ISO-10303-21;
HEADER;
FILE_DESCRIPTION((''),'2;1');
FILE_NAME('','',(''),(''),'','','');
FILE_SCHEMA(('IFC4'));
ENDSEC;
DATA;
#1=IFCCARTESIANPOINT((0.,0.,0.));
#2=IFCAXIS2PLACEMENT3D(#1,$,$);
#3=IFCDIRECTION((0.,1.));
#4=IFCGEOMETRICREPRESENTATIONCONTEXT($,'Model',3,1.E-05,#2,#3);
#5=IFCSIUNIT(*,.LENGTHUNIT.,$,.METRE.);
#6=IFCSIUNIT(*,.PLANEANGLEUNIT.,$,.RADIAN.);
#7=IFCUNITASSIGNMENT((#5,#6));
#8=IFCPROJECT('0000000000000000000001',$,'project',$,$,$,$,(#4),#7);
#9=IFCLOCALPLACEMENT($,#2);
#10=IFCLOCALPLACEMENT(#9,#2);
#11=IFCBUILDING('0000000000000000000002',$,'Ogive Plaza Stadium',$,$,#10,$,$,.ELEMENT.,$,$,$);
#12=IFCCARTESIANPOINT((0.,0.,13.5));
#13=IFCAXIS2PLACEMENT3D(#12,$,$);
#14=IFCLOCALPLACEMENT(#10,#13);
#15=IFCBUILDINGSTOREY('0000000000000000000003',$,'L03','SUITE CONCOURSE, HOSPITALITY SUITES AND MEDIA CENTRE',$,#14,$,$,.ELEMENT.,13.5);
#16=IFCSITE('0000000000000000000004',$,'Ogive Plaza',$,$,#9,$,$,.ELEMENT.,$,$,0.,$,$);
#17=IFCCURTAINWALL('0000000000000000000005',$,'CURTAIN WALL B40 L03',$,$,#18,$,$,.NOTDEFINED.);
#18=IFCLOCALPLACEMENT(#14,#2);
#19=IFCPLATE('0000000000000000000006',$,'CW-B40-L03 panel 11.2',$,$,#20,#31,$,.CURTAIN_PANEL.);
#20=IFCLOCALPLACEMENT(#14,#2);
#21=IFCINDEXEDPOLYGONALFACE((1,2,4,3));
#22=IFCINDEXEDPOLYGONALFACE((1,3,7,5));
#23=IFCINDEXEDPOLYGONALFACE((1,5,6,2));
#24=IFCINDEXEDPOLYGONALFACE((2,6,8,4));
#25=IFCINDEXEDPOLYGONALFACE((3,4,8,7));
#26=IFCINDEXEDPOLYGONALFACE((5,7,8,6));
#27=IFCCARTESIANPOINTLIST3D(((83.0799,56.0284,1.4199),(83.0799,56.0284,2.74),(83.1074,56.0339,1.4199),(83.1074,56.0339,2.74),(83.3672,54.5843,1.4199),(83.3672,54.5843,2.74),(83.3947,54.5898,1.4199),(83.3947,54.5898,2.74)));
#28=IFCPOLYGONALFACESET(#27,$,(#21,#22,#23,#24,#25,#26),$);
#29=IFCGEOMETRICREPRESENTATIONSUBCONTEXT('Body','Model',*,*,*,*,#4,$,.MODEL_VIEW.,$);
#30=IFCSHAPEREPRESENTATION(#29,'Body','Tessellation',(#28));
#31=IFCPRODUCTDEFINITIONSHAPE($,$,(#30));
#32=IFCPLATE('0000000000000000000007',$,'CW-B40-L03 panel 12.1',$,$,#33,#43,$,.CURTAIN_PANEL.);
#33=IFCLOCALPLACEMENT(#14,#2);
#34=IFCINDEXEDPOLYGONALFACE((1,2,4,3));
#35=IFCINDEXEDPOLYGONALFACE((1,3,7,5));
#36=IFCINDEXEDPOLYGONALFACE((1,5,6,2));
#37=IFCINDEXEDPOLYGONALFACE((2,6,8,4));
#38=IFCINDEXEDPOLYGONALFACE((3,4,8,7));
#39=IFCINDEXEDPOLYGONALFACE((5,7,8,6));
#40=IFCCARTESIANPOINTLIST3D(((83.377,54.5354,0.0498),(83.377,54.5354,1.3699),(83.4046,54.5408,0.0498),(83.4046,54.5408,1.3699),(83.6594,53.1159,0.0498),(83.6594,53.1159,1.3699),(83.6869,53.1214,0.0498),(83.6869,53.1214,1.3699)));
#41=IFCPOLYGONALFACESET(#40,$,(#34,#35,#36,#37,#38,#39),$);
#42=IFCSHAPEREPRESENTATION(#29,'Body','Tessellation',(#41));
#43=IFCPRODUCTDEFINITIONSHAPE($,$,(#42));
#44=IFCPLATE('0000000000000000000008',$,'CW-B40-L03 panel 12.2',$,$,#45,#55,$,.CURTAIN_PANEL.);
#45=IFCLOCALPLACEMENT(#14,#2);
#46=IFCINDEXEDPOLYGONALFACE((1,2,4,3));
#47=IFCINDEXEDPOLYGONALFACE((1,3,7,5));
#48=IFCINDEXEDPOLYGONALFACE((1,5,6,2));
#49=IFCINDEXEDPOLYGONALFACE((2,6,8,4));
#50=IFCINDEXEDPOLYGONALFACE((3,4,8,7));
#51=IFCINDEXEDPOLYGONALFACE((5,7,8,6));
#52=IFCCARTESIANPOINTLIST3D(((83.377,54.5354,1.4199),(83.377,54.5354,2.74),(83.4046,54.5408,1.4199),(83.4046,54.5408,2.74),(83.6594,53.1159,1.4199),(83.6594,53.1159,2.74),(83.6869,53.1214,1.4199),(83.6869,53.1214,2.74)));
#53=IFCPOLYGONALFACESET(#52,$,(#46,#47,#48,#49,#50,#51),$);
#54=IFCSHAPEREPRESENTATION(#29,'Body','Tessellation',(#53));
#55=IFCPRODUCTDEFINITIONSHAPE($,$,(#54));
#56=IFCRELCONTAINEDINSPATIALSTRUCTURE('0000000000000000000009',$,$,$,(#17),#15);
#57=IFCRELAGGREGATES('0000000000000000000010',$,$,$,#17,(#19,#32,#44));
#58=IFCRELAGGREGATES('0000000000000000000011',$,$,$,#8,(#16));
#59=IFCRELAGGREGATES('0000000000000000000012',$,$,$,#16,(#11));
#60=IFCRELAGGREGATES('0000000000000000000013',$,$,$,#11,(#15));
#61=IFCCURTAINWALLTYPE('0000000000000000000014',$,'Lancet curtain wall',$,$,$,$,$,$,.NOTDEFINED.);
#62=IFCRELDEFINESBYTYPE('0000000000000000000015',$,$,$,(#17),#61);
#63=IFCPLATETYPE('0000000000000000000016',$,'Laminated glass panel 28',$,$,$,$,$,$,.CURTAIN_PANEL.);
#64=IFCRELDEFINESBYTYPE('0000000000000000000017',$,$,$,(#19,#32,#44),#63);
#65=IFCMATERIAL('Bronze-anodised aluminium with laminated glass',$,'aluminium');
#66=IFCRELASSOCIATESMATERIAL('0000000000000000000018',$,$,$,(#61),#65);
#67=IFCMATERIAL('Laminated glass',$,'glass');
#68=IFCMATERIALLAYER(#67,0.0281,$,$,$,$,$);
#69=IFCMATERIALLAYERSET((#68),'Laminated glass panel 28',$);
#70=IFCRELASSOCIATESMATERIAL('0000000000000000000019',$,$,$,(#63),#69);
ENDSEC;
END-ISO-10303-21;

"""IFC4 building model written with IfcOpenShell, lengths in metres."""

from ifc_helpers import new_model, si_unit, direction, frame, origin, origin_2d, place, context, subcontext, project, spatial, rectangle, extrude, material, layer, layer_set, type_object, element, aggregate, save


model = new_model("IFC4")

# Units and contexts
model_context = context("Model", 3, precision=1e-05, world=origin(), true_north=direction((0.0, 1.0)))
body_context = subcontext(model_context, "Body", "Model", "MODEL_VIEW")
ifc_project = project(units=[si_unit("LENGTHUNIT", "METRE"), si_unit("PLANEANGLEUNIT", "RADIAN")], contexts=[model_context])

# Site, building, storey
site_placement = place(None, origin())
site = spatial("IfcSite", under=ifc_project, at=site_placement, Name="Ogive Plaza", CompositionType="ELEMENT", RefElevation=0.0)
building_placement = place(site_placement, origin())
building = spatial("IfcBuilding", under=site, at=building_placement, Name="Ogive Plaza Stadium", CompositionType="ELEMENT")
storey_placement = place(building_placement, frame((0.0, 0.0, 13.5)))
storey = spatial("IfcBuildingStorey", under=building, at=storey_placement, Name="L03", Description="SUITE CONCOURSE, HOSPITALITY SUITES AND MEDIA CENTRE", CompositionType="ELEMENT", Elevation=13.5)

# Curtain wall
ifc_material_1 = material(Name="Bronze-anodised aluminium with laminated glass", Category="aluminium")
curtain_wall_type = type_object("IfcCurtainWallType", Name="Lancet curtain wall", PredefinedType="NOTDEFINED", material=ifc_material_1)
curtain_wall_1_placement = place(storey_placement, origin())
curtain_wall_1 = element("IfcCurtainWall", 1, at=curtain_wall_1_placement, inside=storey, type_object=curtain_wall_type, Name="CURTAIN WALL B40 L03", PredefinedType="NOTDEFINED")

# Plates
ifc_material_2 = material(Name="Laminated glass", Category="glass")
ifc_layer = layer(ifc_material_2, 0.0281)
ifc_layer_set = layer_set([ifc_layer], Name="Laminated glass panel 28")
plate_type = type_object("IfcPlateType", Name="Laminated glass panel 28", PredefinedType="CURTAIN_PANEL", material=ifc_layer_set)
plate_1_placement = place(storey_placement, frame((83.2373, 55.3091, 1.4199), z_axis=(0.0, 0.0, 1.0), x_axis=(0.19509, -0.980785, 0.0)))
plate_1 = element("IfcPlate", 2, at=plate_1_placement, type_object=plate_type, Name="CW-B40-L03 panel 11.2", PredefinedType="CURTAIN_PANEL", context=body_context, shape_type="SweptSolid", body=[
    extrude(rectangle(XDim=1.4724, YDim=0.0281, at=origin_2d()), origin(), (0.0, 0.0, 1.0), 1.3201),
])
plate_2_placement = place(storey_placement, frame((83.532, 53.8284, 0.0498), z_axis=(0.0, 0.0, 1.0), x_axis=(0.19509, -0.980785, 0.0)))
plate_2 = element("IfcPlate", 3, at=plate_2_placement, type_object=plate_type, Name="CW-B40-L03 panel 12.1", PredefinedType="CURTAIN_PANEL", context=body_context, shape_type="SweptSolid", body=[
    extrude(rectangle(XDim=1.4473, YDim=0.0281, at=origin_2d()), origin(), (0.0, 0.0, 1.0), 1.3201),
])
plate_3_placement = place(storey_placement, frame((83.532, 53.8284, 1.4199), z_axis=(0.0, 0.0, 1.0), x_axis=(0.19509, -0.980785, 0.0)))
plate_3 = element("IfcPlate", 4, at=plate_3_placement, type_object=plate_type, Name="CW-B40-L03 panel 12.2", PredefinedType="CURTAIN_PANEL", context=body_context, shape_type="SweptSolid", body=[
    extrude(rectangle(XDim=1.4473, YDim=0.0281, at=origin_2d()), origin(), (0.0, 0.0, 1.0), 1.3201),
])
aggregate(curtain_wall_1, [plate_1, plate_2, plate_3])

save(model, "model.ifc")
